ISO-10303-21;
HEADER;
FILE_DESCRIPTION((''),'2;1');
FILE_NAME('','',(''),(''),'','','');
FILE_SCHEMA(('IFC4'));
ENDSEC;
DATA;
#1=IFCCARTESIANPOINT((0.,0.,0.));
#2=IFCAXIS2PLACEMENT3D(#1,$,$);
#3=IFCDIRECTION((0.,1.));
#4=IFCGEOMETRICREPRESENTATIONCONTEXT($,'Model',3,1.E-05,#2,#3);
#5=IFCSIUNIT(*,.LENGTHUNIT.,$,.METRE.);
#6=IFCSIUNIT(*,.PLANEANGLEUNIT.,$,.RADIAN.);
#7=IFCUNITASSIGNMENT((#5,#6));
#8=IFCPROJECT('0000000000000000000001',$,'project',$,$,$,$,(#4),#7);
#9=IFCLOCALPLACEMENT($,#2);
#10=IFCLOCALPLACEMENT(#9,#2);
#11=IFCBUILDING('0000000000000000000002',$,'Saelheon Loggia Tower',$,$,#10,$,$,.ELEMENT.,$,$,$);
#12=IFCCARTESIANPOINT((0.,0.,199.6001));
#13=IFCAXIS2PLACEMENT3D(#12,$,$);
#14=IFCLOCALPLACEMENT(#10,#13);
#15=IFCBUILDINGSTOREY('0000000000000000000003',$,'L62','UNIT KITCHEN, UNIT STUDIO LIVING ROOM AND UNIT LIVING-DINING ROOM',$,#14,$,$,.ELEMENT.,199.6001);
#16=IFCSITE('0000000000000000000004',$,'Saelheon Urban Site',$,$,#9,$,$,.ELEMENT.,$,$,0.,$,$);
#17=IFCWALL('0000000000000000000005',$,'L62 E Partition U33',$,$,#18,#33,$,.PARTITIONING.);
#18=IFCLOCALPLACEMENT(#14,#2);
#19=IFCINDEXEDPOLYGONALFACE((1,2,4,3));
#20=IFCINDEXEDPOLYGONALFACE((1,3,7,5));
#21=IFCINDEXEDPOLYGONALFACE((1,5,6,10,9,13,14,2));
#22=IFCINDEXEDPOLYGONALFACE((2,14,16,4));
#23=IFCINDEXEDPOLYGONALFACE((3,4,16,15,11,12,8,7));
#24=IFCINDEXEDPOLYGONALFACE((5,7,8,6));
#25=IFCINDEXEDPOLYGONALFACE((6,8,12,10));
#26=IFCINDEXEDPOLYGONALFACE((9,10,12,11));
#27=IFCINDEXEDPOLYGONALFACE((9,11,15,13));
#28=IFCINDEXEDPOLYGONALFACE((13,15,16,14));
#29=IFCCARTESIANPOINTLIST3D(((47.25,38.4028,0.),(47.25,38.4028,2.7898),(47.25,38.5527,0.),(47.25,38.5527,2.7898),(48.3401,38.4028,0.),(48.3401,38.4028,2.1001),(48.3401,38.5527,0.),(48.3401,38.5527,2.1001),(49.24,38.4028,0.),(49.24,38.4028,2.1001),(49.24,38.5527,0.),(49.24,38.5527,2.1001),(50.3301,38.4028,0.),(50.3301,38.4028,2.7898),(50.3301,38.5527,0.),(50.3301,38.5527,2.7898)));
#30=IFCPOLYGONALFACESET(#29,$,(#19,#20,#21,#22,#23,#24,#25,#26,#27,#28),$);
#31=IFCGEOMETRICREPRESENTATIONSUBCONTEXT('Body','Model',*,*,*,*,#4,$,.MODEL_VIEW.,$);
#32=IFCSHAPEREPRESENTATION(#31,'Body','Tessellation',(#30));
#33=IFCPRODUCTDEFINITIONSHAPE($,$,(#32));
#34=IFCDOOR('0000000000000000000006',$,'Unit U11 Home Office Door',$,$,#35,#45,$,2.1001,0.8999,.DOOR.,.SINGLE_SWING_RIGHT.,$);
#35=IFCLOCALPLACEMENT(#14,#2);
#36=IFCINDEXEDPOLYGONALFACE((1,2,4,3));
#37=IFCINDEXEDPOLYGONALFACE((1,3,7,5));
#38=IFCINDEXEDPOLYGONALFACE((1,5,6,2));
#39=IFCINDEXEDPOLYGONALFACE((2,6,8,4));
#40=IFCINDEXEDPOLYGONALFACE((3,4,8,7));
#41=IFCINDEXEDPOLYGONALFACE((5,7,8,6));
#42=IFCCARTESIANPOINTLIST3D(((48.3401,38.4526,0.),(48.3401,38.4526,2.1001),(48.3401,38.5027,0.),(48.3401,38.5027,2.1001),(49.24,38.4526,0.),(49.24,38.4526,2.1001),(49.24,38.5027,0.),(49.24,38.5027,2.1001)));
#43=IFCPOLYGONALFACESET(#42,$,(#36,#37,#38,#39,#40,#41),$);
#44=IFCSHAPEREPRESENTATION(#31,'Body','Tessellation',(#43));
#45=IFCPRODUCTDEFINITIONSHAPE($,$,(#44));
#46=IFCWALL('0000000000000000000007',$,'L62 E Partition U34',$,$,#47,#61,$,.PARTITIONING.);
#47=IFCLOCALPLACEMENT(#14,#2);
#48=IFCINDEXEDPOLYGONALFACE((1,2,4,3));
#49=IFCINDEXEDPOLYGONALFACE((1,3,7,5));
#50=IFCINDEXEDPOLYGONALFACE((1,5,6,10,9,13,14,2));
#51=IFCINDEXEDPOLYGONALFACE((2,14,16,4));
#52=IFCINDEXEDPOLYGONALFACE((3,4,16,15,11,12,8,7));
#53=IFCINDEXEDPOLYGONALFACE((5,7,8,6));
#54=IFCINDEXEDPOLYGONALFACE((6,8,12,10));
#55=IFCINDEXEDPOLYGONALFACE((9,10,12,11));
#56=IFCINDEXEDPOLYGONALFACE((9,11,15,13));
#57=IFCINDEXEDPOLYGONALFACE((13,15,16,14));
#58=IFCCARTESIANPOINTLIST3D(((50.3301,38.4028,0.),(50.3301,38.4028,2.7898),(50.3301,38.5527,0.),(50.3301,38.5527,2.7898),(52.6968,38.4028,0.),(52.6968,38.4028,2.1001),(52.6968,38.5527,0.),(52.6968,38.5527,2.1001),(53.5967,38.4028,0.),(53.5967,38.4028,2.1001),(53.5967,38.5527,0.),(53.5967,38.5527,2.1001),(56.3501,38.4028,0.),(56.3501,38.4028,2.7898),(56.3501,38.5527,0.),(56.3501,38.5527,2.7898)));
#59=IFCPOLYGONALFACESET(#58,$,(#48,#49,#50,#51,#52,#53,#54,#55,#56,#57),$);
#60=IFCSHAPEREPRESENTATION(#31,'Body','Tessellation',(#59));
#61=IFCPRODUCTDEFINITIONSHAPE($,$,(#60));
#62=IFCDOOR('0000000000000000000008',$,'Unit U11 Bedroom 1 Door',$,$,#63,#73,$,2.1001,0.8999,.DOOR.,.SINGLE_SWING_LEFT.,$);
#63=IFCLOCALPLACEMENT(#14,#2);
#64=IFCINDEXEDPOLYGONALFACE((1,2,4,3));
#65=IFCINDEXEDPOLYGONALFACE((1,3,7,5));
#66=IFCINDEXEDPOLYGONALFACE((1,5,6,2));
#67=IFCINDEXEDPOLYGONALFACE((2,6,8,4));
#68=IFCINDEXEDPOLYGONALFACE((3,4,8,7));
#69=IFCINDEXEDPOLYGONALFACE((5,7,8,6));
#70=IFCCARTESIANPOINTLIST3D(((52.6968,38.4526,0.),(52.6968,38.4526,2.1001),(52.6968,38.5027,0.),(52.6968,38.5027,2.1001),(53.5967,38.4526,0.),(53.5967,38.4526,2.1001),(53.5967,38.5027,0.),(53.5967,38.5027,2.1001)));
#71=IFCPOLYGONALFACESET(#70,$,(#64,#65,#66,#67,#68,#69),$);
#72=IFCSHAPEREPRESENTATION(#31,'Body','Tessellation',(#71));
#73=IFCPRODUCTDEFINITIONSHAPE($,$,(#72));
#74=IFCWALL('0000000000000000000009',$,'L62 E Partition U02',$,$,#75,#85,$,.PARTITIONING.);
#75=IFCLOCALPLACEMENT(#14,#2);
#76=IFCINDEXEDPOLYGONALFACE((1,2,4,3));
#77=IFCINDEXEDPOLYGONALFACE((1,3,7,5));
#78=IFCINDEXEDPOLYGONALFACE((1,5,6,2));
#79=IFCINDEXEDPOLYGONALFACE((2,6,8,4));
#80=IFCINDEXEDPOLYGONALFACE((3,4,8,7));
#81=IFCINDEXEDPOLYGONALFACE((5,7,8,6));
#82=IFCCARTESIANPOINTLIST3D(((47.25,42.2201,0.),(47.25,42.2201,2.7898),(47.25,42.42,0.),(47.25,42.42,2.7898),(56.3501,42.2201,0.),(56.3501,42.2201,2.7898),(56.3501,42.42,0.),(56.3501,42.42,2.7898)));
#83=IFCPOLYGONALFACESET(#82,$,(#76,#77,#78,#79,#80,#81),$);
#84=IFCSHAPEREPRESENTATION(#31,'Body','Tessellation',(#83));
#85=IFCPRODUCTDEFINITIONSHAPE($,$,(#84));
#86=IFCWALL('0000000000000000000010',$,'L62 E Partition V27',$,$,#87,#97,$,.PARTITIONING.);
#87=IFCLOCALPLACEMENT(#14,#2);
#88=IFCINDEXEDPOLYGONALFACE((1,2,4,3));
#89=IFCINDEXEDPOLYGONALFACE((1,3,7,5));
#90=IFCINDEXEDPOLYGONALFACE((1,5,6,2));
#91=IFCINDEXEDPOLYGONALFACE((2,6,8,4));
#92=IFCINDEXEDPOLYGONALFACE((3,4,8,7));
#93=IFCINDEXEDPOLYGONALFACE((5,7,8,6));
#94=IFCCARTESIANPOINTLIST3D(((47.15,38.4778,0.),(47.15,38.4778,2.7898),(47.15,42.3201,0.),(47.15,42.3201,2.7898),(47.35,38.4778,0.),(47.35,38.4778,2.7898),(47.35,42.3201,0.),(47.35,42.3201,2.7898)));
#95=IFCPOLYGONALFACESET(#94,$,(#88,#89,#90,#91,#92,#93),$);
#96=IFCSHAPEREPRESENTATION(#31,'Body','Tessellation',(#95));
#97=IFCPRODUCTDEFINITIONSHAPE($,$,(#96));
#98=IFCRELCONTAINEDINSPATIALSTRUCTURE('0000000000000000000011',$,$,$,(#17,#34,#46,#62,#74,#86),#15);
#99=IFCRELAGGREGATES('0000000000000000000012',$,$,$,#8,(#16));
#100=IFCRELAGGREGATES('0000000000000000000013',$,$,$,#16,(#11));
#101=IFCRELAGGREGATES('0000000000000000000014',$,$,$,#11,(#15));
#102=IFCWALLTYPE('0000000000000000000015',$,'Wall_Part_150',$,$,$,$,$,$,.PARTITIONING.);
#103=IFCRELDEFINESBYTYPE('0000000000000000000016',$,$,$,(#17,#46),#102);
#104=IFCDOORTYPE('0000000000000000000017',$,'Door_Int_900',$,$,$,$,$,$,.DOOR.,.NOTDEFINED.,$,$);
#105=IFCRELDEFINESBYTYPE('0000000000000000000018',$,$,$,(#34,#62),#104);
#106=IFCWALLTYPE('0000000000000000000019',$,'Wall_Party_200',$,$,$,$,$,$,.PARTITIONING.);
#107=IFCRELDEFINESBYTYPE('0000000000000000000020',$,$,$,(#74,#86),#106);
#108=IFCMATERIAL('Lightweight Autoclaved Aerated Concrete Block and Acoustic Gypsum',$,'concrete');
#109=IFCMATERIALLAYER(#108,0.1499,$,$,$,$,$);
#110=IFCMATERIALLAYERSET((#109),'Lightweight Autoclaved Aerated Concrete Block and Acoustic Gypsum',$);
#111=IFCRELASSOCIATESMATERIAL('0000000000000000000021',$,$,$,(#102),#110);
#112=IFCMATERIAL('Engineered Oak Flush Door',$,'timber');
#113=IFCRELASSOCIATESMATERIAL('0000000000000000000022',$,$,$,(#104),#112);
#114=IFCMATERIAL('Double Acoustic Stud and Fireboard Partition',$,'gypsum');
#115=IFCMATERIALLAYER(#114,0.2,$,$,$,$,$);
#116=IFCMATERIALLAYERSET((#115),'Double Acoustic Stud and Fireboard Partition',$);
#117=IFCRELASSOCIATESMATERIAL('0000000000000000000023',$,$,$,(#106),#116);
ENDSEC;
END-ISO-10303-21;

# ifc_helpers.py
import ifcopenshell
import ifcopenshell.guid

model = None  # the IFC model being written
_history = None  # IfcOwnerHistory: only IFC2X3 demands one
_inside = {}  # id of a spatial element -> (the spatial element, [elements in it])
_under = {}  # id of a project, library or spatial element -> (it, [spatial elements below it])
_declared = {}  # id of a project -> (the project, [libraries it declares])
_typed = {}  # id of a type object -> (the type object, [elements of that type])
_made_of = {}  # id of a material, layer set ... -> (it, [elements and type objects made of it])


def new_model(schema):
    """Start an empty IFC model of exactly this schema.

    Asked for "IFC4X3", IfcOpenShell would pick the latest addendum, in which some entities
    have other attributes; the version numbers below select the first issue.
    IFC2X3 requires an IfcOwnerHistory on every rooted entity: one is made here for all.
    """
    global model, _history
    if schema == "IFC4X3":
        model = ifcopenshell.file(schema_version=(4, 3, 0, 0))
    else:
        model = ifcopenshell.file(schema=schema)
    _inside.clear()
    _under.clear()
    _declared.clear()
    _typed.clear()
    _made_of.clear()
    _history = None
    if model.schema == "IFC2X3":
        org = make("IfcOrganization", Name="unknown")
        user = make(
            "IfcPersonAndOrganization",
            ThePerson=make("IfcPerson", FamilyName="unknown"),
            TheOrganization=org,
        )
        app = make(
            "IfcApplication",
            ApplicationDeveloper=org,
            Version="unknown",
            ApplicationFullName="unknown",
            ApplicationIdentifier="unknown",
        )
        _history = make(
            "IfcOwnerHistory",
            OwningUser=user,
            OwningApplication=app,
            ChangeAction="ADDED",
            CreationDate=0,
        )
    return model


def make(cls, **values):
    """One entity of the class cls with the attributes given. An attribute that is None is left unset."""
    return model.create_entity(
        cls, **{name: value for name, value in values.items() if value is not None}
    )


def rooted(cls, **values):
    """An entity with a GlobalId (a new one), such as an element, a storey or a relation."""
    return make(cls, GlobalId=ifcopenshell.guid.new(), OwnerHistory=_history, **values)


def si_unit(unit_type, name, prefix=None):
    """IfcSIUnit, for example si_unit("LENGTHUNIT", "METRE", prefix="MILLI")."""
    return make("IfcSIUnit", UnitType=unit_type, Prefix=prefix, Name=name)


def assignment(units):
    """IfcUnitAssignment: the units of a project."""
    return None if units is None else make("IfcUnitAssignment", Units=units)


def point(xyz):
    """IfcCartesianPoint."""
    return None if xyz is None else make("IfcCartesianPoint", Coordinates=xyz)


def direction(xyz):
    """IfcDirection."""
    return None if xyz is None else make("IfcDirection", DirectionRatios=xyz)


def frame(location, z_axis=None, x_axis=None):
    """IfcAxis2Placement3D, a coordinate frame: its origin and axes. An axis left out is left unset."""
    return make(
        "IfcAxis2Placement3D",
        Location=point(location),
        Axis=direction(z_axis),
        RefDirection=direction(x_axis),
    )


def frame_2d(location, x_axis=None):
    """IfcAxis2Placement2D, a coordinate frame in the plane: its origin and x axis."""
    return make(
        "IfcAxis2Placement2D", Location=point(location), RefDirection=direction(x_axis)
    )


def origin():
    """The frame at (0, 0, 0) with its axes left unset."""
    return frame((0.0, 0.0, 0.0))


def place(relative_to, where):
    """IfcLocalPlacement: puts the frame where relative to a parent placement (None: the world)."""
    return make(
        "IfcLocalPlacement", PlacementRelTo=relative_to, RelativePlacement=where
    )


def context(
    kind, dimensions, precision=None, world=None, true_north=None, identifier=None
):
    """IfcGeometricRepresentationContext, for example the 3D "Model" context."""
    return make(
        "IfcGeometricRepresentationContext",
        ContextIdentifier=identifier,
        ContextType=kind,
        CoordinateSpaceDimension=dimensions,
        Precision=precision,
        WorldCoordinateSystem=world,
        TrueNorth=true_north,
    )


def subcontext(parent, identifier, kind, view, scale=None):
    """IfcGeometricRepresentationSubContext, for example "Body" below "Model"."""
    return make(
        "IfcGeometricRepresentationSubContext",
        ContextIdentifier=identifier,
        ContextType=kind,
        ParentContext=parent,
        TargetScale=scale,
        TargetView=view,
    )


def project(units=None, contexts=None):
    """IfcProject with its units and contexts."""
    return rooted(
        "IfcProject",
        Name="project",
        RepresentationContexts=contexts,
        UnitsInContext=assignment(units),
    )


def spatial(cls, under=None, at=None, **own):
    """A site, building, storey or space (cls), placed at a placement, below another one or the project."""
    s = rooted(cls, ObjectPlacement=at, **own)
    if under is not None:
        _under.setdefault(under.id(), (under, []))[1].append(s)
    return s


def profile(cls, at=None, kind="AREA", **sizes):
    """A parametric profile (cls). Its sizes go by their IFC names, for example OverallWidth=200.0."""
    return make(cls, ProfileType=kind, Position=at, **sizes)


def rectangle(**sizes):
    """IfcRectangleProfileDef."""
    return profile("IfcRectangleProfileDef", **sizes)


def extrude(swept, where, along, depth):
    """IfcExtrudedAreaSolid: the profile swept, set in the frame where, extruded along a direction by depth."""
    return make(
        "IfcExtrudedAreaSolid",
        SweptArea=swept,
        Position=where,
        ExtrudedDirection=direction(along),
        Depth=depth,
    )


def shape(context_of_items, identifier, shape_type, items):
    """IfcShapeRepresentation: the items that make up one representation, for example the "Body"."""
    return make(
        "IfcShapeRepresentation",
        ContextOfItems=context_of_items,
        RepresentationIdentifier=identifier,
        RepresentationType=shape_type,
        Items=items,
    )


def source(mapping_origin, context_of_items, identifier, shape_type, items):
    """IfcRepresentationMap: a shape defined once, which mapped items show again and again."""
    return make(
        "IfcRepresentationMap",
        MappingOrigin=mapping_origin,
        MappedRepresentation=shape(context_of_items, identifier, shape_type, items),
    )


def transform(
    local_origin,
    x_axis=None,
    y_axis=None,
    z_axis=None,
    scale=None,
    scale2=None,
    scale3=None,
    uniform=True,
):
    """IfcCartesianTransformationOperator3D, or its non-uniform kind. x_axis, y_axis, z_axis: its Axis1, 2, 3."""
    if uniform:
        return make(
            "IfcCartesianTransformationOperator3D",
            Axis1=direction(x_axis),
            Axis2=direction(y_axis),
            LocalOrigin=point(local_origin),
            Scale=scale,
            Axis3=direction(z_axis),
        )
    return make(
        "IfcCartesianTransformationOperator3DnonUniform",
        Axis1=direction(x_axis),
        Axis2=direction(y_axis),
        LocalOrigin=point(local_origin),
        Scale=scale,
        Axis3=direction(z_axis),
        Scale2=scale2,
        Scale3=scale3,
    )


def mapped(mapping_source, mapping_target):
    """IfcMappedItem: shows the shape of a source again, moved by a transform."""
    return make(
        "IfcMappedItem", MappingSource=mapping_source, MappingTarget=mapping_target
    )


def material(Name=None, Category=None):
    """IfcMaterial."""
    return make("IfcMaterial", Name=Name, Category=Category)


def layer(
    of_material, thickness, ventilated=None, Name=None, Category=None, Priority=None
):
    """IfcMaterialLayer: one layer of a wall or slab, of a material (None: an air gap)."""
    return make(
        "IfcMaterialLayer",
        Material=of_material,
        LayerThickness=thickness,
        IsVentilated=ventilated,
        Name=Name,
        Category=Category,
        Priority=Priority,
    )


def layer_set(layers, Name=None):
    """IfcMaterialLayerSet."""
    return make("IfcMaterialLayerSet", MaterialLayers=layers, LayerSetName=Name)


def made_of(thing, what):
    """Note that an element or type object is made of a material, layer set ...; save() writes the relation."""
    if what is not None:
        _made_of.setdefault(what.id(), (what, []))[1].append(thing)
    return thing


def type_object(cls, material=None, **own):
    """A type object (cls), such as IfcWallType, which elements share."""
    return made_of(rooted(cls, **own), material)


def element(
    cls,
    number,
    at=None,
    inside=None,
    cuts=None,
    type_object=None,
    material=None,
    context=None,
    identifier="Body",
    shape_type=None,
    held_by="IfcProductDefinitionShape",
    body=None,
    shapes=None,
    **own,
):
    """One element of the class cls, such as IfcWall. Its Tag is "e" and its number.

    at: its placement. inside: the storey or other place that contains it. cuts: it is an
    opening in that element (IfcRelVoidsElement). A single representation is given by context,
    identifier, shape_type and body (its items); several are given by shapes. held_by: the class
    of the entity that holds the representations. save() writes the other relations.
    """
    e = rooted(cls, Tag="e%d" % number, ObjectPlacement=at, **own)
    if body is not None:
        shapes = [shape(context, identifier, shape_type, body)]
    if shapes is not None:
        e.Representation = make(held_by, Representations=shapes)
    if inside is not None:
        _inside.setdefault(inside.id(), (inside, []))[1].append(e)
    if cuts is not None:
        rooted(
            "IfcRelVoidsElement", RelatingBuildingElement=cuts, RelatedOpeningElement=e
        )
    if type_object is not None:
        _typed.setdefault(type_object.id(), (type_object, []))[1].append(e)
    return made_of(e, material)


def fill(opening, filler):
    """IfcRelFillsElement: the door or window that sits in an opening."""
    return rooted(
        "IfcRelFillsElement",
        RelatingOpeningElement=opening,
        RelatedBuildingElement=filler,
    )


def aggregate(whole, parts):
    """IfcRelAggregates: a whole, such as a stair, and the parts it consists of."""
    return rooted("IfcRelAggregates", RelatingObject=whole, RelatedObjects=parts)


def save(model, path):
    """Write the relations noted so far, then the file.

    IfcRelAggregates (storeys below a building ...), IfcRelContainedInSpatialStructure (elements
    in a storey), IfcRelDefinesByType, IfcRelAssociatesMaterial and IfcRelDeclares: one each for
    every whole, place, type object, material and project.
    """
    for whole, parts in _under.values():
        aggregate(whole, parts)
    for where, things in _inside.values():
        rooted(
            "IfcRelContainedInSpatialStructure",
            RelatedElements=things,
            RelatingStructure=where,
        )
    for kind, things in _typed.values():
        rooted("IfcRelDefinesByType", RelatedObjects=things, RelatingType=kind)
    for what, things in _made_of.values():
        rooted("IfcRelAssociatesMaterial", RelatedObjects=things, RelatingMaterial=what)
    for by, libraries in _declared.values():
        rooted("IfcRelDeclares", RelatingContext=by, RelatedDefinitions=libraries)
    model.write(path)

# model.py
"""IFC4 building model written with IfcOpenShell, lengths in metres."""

from ifc_helpers import new_model, si_unit, direction, frame, frame_2d, origin, place, context, subcontext, project, spatial, rectangle, extrude, source, transform, mapped, material, layer, layer_set, type_object, element, fill, save


model = new_model("IFC4")

# Units and contexts
model_context = context("Model", 3, precision=1e-05, world=origin(), true_north=direction((0.0, 1.0)))
body_context = subcontext(model_context, "Body", "Model", "MODEL_VIEW")
ifc_project = project(units=[si_unit("LENGTHUNIT", "METRE"), si_unit("PLANEANGLEUNIT", "RADIAN")], contexts=[model_context])

# Site, building, storey
site_placement = place(None, origin())
site = spatial("IfcSite", under=ifc_project, at=site_placement, Name="Saelheon Urban Site", CompositionType="ELEMENT", RefElevation=0.0)
building_placement = place(site_placement, origin())
building = spatial("IfcBuilding", under=site, at=building_placement, Name="Saelheon Loggia Tower", CompositionType="ELEMENT")
storey_placement = place(building_placement, frame((0.0, 0.0, 199.6001)))
storey = spatial("IfcBuildingStorey", under=building, at=storey_placement, Name="L62", Description="UNIT KITCHEN, UNIT STUDIO LIVING ROOM AND UNIT LIVING-DINING ROOM", CompositionType="ELEMENT", Elevation=199.6001)

# Shared definitions
ifc_material_1 = material(Name="Lightweight Autoclaved Aerated Concrete Block and Acoustic Gypsum", Category="concrete")
ifc_layer_1 = layer(ifc_material_1, 0.1499)
ifc_layer_set_1 = layer_set([ifc_layer_1], Name="Lightweight Autoclaved Aerated Concrete Block and Acoustic Gypsum")
wall_type_1 = type_object("IfcWallType", Name="Wall_Part_150", PredefinedType="PARTITIONING", material=ifc_layer_set_1)

# Walls, openings, doors
wall_1_placement = place(storey_placement, frame((47.25, 38.4778, 0.0), z_axis=(0.0, 0.0, 1.0), x_axis=(1.0, 0.0, 0.0)))
wall_1 = element("IfcWall", 1, at=wall_1_placement, inside=storey, type_object=wall_type_1, Name="L62 E Partition U33", PredefinedType="PARTITIONING", context=body_context, shape_type="SweptSolid", body=[
    extrude(rectangle(XDim=3.0801, YDim=0.1499, at=frame_2d((1.54, 0.0))), origin(), (0.0, 0.0, 1.0), 2.7898),
])
opening_1_placement = place(wall_1_placement, frame((1.0901, 0.0, 0.0)))
opening_1 = element("IfcOpeningElement", 2, at=opening_1_placement, cuts=wall_1, PredefinedType="OPENING", context=body_context, shape_type="SweptSolid", body=[
    extrude(rectangle(XDim=0.8999, YDim=2.1001, at=frame_2d((0.45, 1.05))), frame((0.0, 0.0869, 0.0), z_axis=(0.0, -1.0, 0.0), x_axis=(1.0, 0.0, 0.0)), (0.0, 0.0, 1.0), 0.1738),
])
ifc_material_2 = material(Name="Engineered Oak Flush Door", Category="timber")
door_type = type_object("IfcDoorType", Name="Door_Int_900", OperationType="NOTDEFINED", PredefinedType="DOOR", material=ifc_material_2)
shared_shape_1 = source(origin(), body_context, "Body", "SweptSolid", [
    extrude(rectangle(XDim=0.8999, YDim=2.1001, at=frame_2d((0.45, 1.05))), frame((0.0, 0.0249, 0.0), z_axis=(0.0, -1.0, 0.0), x_axis=(1.0, 0.0, 0.0)), (0.0, 0.0, 1.0), 0.05),
])
door_1_placement = place(opening_1_placement, origin())
door_1 = element("IfcDoor", 3, at=door_1_placement, inside=storey, type_object=door_type, Name="Unit U11 Home Office Door", OperationType="SINGLE_SWING_RIGHT", OverallHeight=2.1001, OverallWidth=0.8999, PredefinedType="DOOR", context=body_context, shape_type="MappedRepresentation", body=[
    mapped(shared_shape_1, transform((0.0, 0.0, 0.0), scale=1.0)),
])
fill(opening_1, door_1)
wall_2_placement = place(storey_placement, frame((50.3301, 38.4778, 0.0), z_axis=(0.0, 0.0, 1.0), x_axis=(1.0, 0.0, 0.0)))
wall_2 = element("IfcWall", 4, at=wall_2_placement, inside=storey, type_object=wall_type_1, Name="L62 E Partition U34", PredefinedType="PARTITIONING", context=body_context, shape_type="SweptSolid", body=[
    extrude(rectangle(XDim=6.02, YDim=0.1499, at=frame_2d((3.01, 0.0))), origin(), (0.0, 0.0, 1.0), 2.7898),
])
opening_2_placement = place(wall_2_placement, frame((2.3667, 0.0, 0.0)))
opening_2 = element("IfcOpeningElement", 5, at=opening_2_placement, cuts=wall_2, PredefinedType="OPENING", context=body_context, shape_type="SweptSolid", body=[
    extrude(rectangle(XDim=0.8999, YDim=2.1001, at=frame_2d((0.45, 1.05))), frame((0.0, 0.0869, 0.0), z_axis=(0.0, -1.0, 0.0), x_axis=(1.0, 0.0, 0.0)), (0.0, 0.0, 1.0), 0.1738),
])
door_2_placement = place(opening_2_placement, origin())
door_2 = element("IfcDoor", 6, at=door_2_placement, inside=storey, type_object=door_type, Name="Unit U11 Bedroom 1 Door", OperationType="SINGLE_SWING_LEFT", OverallHeight=2.1001, OverallWidth=0.8999, PredefinedType="DOOR", context=body_context, shape_type="MappedRepresentation", body=[
    mapped(shared_shape_1, transform((0.0, 0.0, 0.0), scale=1.0)),
])
fill(opening_2, door_2)

# Walls
ifc_material_3 = material(Name="Double Acoustic Stud and Fireboard Partition", Category="gypsum")
ifc_layer_2 = layer(ifc_material_3, 0.2)
ifc_layer_set_2 = layer_set([ifc_layer_2], Name="Double Acoustic Stud and Fireboard Partition")
wall_type_2 = type_object("IfcWallType", Name="Wall_Party_200", PredefinedType="PARTITIONING", material=ifc_layer_set_2)
wall_3_placement = place(storey_placement, frame((47.25, 42.3201, 0.0), z_axis=(0.0, 0.0, 1.0), x_axis=(1.0, 0.0, 0.0)))
element("IfcWall", 7, at=wall_3_placement, inside=storey, type_object=wall_type_2, Name="L62 E Partition U02", PredefinedType="PARTITIONING", context=body_context, shape_type="SweptSolid", body=[
    extrude(rectangle(XDim=9.1001, YDim=0.2, at=frame_2d((4.55, 0.0))), origin(), (0.0, 0.0, 1.0), 2.7898),
])
wall_4_placement = place(storey_placement, frame((47.25, 38.4778, 0.0), z_axis=(0.0, 0.0, 1.0), x_axis=(0.0, 1.0, 0.0)))
element("IfcWall", 8, at=wall_4_placement, inside=storey, type_object=wall_type_2, Name="L62 E Partition V27", PredefinedType="PARTITIONING", context=body_context, shape_type="SweptSolid", body=[
    extrude(rectangle(XDim=3.8423, YDim=0.2, at=frame_2d((1.9211, 0.0))), origin(), (0.0, 0.0, 1.0), 2.7898),
])

save(model, "model.ifc")
